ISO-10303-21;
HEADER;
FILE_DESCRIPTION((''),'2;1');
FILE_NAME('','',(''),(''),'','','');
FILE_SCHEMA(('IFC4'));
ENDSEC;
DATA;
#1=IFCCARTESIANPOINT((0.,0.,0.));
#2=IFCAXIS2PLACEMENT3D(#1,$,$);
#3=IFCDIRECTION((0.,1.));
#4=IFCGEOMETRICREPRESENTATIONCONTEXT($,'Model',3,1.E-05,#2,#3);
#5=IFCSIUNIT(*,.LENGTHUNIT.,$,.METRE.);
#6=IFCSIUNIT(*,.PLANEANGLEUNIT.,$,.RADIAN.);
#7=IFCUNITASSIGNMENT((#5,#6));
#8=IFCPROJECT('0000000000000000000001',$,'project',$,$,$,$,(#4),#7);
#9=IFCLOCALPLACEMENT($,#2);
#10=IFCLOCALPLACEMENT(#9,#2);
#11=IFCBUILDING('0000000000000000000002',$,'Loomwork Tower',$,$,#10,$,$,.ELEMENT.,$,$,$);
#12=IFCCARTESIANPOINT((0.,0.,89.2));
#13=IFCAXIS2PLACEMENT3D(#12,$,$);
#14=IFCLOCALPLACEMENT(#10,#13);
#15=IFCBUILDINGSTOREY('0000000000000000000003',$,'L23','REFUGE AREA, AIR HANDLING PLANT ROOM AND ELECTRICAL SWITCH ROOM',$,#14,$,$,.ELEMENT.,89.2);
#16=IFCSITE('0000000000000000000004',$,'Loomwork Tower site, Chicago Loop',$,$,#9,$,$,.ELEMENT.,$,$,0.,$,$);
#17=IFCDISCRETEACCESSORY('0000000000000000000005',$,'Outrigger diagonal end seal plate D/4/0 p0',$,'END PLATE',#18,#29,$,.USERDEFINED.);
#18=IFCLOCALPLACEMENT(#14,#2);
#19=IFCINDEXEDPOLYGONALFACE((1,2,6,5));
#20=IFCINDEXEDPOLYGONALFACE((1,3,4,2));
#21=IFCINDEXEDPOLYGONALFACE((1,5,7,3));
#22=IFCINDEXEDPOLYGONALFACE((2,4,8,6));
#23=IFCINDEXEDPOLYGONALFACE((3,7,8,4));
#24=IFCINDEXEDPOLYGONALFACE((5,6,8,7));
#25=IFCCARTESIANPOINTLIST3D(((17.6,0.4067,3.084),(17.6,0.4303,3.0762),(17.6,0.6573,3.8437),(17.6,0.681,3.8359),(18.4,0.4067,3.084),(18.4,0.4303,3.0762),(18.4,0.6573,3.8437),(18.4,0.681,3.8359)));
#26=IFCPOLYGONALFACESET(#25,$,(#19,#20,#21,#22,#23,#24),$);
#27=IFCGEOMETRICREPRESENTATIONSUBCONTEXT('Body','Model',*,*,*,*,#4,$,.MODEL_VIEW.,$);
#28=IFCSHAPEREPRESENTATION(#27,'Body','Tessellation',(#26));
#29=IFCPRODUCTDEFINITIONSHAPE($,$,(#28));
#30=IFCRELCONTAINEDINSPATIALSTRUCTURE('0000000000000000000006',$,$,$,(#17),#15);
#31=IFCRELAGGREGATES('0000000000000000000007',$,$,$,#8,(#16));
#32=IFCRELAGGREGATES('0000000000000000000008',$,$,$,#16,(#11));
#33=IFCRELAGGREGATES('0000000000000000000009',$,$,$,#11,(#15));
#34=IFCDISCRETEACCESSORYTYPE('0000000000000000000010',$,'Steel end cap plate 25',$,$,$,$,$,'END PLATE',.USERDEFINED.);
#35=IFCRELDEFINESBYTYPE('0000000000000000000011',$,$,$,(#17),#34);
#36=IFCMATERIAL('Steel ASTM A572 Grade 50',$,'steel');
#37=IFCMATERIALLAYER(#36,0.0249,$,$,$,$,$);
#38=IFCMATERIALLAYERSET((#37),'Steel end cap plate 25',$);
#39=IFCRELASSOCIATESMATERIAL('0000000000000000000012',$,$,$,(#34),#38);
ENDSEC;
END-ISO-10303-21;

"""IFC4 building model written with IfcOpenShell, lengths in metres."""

from ifc_helpers import new_model, si_unit, direction, frame, origin, origin_2d, place, context, subcontext, project, spatial, rectangle, extrude, material, layer, layer_set, type_object, element, save


model = new_model("IFC4")

# Units and contexts
model_context = context("Model", 3, precision=1e-05, world=origin(), true_north=direction((0.0, 1.0)))
body_context = subcontext(model_context, "Body", "Model", "MODEL_VIEW")
ifc_project = project(units=[si_unit("LENGTHUNIT", "METRE"), si_unit("PLANEANGLEUNIT", "RADIAN")], contexts=[model_context])

# Site, building, storey
site_placement = place(None, origin())
site = spatial("IfcSite", under=ifc_project, at=site_placement, Name="Loomwork Tower site, Chicago Loop", CompositionType="ELEMENT", RefElevation=0.0)
building_placement = place(site_placement, origin())
building = spatial("IfcBuilding", under=site, at=building_placement, Name="Loomwork Tower", CompositionType="ELEMENT")
storey_placement = place(building_placement, frame((0.0, 0.0, 89.2)))
storey = spatial("IfcBuildingStorey", under=building, at=storey_placement, Name="L23", Description="REFUGE AREA, AIR HANDLING PLANT ROOM AND ELECTRICAL SWITCH ROOM", CompositionType="ELEMENT", Elevation=89.2)

# Discrete accessory
ifc_material_1 = material(Name="Steel ASTM A572 Grade 50", Category="steel")
ifc_layer_1 = layer(ifc_material_1, 0.0249)
ifc_layer_set_1 = layer_set([ifc_layer_1], Name="Steel end cap plate 25")
discrete_accessory_type = type_object("IfcDiscreteAccessoryType", Name="Steel end cap plate 25", ElementType="END PLATE", PredefinedType="USERDEFINED", material=ifc_layer_set_1)
discrete_accessory_placement = place(storey_placement, frame((18.0, 0.5557, 3.4561), z_axis=(0.0, -0.949658, 0.313289), x_axis=(1.0, 0.0, 0.0)))
element("IfcDiscreteAccessory", 1, at=discrete_accessory_placement, inside=storey, type_object=discrete_accessory_type, Name="Outrigger diagonal end seal plate D/4/0 p0", ObjectType="END PLATE", PredefinedType="USERDEFINED", context=body_context, shape_type="SweptSolid", body=[
    extrude(rectangle(XDim=0.8, YDim=0.8, at=origin_2d()), origin(), (0.0, 0.0, 1.0), 0.0249),
])

save(model, "model.ifc")
